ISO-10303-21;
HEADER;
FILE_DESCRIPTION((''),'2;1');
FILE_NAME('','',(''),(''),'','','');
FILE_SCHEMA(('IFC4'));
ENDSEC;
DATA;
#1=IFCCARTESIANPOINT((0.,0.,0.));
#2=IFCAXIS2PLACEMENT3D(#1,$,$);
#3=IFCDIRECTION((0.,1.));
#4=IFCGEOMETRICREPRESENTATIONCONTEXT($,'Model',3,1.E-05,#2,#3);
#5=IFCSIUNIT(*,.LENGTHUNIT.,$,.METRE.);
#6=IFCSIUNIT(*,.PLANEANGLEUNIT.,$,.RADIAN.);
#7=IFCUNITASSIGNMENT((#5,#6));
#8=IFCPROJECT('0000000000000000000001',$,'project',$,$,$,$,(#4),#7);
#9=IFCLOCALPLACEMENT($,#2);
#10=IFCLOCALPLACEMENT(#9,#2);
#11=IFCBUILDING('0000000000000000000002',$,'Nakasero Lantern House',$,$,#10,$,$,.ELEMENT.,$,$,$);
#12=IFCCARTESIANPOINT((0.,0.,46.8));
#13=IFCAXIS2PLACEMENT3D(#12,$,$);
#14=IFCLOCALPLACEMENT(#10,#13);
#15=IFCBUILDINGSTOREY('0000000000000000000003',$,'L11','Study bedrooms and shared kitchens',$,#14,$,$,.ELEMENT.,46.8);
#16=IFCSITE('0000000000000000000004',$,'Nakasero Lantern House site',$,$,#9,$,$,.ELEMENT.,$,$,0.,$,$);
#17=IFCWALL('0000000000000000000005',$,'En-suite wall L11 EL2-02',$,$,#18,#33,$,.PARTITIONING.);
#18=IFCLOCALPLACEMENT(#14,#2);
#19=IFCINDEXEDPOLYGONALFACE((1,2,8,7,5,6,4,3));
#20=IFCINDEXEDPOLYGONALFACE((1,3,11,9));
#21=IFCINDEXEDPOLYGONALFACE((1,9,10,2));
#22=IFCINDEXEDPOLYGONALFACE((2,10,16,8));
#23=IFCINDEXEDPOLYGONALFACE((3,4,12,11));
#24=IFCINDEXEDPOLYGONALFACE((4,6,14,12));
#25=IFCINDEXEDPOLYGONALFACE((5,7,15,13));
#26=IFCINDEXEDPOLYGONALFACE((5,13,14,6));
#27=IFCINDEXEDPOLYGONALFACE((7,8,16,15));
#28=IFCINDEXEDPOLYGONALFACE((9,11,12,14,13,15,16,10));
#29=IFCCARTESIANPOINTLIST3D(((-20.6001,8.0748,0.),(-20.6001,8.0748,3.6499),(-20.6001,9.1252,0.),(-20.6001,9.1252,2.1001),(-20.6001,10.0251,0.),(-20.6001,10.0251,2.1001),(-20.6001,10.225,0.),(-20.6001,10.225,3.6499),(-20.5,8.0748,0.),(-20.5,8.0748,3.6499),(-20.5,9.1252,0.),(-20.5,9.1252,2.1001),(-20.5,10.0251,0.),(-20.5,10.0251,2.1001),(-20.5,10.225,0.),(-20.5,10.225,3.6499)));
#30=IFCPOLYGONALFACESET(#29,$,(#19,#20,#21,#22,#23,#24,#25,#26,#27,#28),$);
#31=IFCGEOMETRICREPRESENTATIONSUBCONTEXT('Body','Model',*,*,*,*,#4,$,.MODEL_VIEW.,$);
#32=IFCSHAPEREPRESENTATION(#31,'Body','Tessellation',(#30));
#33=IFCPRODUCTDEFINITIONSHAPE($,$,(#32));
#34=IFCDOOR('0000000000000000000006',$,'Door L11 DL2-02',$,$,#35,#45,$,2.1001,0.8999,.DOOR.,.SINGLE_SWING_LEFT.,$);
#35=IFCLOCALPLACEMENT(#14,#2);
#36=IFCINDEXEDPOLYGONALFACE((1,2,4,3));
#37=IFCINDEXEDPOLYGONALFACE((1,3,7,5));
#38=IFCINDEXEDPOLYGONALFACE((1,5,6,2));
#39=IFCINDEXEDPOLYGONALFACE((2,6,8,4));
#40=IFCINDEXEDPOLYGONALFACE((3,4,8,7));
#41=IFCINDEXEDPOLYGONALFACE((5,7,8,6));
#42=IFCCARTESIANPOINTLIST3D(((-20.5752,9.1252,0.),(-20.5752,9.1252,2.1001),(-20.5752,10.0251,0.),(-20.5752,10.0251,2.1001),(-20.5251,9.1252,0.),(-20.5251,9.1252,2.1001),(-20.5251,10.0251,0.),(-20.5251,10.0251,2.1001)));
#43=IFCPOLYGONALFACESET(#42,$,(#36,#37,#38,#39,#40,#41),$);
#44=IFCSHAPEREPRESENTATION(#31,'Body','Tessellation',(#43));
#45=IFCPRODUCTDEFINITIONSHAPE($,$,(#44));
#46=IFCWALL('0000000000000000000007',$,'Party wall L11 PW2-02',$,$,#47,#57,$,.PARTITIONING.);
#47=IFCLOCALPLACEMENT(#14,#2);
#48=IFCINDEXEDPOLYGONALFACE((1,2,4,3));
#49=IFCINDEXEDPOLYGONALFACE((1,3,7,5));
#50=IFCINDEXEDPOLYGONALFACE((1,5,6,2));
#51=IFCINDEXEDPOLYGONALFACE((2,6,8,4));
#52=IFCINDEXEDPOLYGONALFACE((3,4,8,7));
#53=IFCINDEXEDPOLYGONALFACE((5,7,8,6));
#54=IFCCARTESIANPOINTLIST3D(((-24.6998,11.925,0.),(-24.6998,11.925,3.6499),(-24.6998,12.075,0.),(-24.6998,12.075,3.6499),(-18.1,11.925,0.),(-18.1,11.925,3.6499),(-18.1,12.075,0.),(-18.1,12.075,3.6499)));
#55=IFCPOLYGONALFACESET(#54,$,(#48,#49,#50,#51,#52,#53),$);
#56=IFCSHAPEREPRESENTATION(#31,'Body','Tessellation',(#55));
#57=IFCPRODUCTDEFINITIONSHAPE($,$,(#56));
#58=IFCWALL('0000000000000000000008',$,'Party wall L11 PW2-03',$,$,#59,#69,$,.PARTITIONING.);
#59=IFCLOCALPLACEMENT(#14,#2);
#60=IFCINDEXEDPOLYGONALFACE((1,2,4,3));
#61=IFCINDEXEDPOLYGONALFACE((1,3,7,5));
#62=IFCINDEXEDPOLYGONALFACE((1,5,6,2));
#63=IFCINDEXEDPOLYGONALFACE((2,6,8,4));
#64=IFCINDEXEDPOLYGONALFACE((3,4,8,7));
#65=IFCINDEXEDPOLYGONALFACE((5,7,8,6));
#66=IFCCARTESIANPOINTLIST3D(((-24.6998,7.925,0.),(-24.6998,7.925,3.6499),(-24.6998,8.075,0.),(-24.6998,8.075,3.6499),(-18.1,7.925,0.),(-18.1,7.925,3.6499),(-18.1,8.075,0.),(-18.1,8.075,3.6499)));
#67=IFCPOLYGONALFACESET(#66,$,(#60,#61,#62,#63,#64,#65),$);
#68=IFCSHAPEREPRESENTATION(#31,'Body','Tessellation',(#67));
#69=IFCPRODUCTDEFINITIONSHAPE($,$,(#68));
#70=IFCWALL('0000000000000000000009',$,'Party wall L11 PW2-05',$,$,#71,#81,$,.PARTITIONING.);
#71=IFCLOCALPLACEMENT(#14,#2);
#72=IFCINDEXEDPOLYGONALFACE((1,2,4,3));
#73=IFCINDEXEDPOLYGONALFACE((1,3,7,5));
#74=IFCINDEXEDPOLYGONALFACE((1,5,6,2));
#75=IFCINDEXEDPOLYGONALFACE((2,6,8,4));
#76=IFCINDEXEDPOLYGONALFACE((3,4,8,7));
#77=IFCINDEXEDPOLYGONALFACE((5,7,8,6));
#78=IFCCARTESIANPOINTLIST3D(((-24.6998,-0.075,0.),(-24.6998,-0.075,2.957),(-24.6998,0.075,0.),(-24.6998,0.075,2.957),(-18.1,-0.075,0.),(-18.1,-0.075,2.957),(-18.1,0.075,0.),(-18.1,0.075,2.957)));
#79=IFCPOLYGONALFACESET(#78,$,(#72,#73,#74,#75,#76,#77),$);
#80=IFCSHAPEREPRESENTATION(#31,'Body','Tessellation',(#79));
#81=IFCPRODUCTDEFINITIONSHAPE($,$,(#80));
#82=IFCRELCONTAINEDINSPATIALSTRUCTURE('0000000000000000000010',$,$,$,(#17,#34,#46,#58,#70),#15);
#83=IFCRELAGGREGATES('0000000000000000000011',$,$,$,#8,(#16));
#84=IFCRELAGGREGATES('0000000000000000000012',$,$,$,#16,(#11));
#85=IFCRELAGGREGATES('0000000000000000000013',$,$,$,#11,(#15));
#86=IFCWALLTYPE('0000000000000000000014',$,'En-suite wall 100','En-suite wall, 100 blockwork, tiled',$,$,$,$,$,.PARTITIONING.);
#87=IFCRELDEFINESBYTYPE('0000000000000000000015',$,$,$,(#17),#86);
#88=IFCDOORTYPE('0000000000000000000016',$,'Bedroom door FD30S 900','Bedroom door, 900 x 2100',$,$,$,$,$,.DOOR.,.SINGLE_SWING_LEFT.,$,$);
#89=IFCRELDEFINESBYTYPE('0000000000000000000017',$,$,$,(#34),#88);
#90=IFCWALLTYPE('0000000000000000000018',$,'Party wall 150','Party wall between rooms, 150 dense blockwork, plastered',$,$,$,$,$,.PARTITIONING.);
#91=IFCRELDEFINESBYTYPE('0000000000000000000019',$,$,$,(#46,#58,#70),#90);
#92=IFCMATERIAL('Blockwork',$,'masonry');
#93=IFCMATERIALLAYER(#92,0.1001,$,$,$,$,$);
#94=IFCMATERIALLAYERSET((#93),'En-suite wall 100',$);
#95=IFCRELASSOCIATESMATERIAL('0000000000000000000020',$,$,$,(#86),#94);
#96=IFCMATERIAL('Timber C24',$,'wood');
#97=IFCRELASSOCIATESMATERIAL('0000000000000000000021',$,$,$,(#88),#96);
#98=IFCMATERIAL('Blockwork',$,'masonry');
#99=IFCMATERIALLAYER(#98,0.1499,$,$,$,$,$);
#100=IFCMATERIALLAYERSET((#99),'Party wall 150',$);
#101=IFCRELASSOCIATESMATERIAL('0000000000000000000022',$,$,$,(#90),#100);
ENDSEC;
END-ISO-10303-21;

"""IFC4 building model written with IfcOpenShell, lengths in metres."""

from ifc_helpers import new_model, si_unit, direction, frame, frame_2d, origin, place, context, subcontext, project, spatial, rectangle, extrude, material, layer, layer_set, type_object, element, fill, save


model = new_model("IFC4")

# Units and contexts
model_context = context("Model", 3, precision=1e-05, world=origin(), true_north=direction((0.0, 1.0)))
body_context = subcontext(model_context, "Body", "Model", "MODEL_VIEW")
ifc_project = project(units=[si_unit("LENGTHUNIT", "METRE"), si_unit("PLANEANGLEUNIT", "RADIAN")], contexts=[model_context])

# Site, building, storey
site_placement = place(None, origin())
site = spatial("IfcSite", under=ifc_project, at=site_placement, Name="Nakasero Lantern House site", CompositionType="ELEMENT", RefElevation=0.0)
building_placement = place(site_placement, origin())
building = spatial("IfcBuilding", under=site, at=building_placement, Name="Nakasero Lantern House", CompositionType="ELEMENT")
storey_placement = place(building_placement, frame((0.0, 0.0, 46.8)))
storey = spatial("IfcBuildingStorey", under=building, at=storey_placement, Name="L11", Description="Study bedrooms and shared kitchens", CompositionType="ELEMENT", Elevation=46.8)

# Shared definitions
ifc_material_1 = material(Name="Blockwork", Category="masonry")
ifc_layer_1 = layer(ifc_material_1, 0.1001)
ifc_layer_set_1 = layer_set([ifc_layer_1], Name="En-suite wall 100")
wall_type_1 = type_object("IfcWallType", Name="En-suite wall 100", Description="En-suite wall, 100 blockwork, tiled", PredefinedType="PARTITIONING", material=ifc_layer_set_1)

# Wall, opening, door
wall_1_placement = place(storey_placement, frame((-20.55, 10.2251, 0.0), z_axis=(0.0, 0.0, 1.0), x_axis=(0.0, -1.0, 0.0)))
wall_1 = element("IfcWall", 1, at=wall_1_placement, inside=storey, type_object=wall_type_1, Name="En-suite wall L11 EL2-02", PredefinedType="PARTITIONING", context=body_context, shape_type="SweptSolid", body=[
    extrude(rectangle(XDim=2.1501, YDim=0.1001, at=frame_2d((1.0752, 0.0))), origin(), (0.0, 0.0, 1.0), 3.6499),
])
opening_1_placement = place(wall_1_placement, frame((0.2, 0.0, 0.0)))
opening_1 = element("IfcOpeningElement", 2, at=opening_1_placement, cuts=wall_1, PredefinedType="OPENING", context=body_context, shape_type="SweptSolid", body=[
    extrude(rectangle(XDim=0.8999, YDim=2.1001, at=frame_2d((0.45, 1.05))), frame((0.0, 0.0701, 0.0), z_axis=(0.0, -1.0, 0.0), x_axis=(1.0, 0.0, 0.0)), (0.0, 0.0, 1.0), 0.1401),
])
ifc_material_2 = material(Name="Timber C24", Category="wood")
door_type_1 = type_object("IfcDoorType", Name="Bedroom door FD30S 900", Description="Bedroom door, 900 x 2100", OperationType="SINGLE_SWING_LEFT", PredefinedType="DOOR", material=ifc_material_2)
door_1_placement = place(opening_1_placement, origin())
door_1 = element("IfcDoor", 3, at=door_1_placement, inside=storey, type_object=door_type_1, Name="Door L11 DL2-02", OperationType="SINGLE_SWING_LEFT", OverallHeight=2.1001, OverallWidth=0.8999, PredefinedType="DOOR", context=body_context, shape_type="SweptSolid", body=[
    extrude(rectangle(XDim=0.8999, YDim=2.1001, at=frame_2d((0.45, 1.05))), frame((0.0, 0.0249, 0.0), z_axis=(0.0, -1.0, 0.0), x_axis=(1.0, 0.0, 0.0)), (0.0, 0.0, 1.0), 0.05),
])
fill(opening_1, door_1)

# Walls
ifc_material_3 = material(Name="Blockwork", Category="masonry")
ifc_layer_2 = layer(ifc_material_3, 0.1499)
ifc_layer_set_2 = layer_set([ifc_layer_2], Name="Party wall 150")
wall_type_2 = type_object("IfcWallType", Name="Party wall 150", Description="Party wall between rooms, 150 dense blockwork, plastered", PredefinedType="PARTITIONING", material=ifc_layer_set_2)
for number, where, z_axis, x_axis, name in (
    (4, (-18.1001, 12.0, 0.0), (0.0, 0.0, 1.0), (-1.0, 0.0, 0.0), "Party wall L11 PW2-02"),
    (5, (-18.1001, 8.0, 0.0), (0.0, 0.0, 1.0), (-1.0, 0.0, 0.0), "Party wall L11 PW2-03"),
):
    element("IfcWall", number, at=place(storey_placement, frame(where, z_axis=z_axis, x_axis=x_axis)), inside=storey, type_object=wall_type_2, Name=name, PredefinedType="PARTITIONING", context=body_context, shape_type="SweptSolid", body=[
        extrude(rectangle(XDim=6.5999, YDim=0.1499, at=frame_2d((3.2998, 0.0))), origin(), (0.0, 0.0, 1.0), 3.6499),
    ])
wall_2_placement = place(storey_placement, frame((-18.1001, 0.0, 0.0), z_axis=(0.0, 0.0, 1.0), x_axis=(-1.0, 0.0, 0.0)))
element("IfcWall", 6, at=wall_2_placement, inside=storey, type_object=wall_type_2, Name="Party wall L11 PW2-05", PredefinedType="PARTITIONING", context=body_context, shape_type="SweptSolid", body=[
    extrude(rectangle(XDim=6.5999, YDim=0.1499, at=frame_2d((3.2998, 0.0))), origin(), (0.0, 0.0, 1.0), 2.957),
])

save(model, "model.ifc")
